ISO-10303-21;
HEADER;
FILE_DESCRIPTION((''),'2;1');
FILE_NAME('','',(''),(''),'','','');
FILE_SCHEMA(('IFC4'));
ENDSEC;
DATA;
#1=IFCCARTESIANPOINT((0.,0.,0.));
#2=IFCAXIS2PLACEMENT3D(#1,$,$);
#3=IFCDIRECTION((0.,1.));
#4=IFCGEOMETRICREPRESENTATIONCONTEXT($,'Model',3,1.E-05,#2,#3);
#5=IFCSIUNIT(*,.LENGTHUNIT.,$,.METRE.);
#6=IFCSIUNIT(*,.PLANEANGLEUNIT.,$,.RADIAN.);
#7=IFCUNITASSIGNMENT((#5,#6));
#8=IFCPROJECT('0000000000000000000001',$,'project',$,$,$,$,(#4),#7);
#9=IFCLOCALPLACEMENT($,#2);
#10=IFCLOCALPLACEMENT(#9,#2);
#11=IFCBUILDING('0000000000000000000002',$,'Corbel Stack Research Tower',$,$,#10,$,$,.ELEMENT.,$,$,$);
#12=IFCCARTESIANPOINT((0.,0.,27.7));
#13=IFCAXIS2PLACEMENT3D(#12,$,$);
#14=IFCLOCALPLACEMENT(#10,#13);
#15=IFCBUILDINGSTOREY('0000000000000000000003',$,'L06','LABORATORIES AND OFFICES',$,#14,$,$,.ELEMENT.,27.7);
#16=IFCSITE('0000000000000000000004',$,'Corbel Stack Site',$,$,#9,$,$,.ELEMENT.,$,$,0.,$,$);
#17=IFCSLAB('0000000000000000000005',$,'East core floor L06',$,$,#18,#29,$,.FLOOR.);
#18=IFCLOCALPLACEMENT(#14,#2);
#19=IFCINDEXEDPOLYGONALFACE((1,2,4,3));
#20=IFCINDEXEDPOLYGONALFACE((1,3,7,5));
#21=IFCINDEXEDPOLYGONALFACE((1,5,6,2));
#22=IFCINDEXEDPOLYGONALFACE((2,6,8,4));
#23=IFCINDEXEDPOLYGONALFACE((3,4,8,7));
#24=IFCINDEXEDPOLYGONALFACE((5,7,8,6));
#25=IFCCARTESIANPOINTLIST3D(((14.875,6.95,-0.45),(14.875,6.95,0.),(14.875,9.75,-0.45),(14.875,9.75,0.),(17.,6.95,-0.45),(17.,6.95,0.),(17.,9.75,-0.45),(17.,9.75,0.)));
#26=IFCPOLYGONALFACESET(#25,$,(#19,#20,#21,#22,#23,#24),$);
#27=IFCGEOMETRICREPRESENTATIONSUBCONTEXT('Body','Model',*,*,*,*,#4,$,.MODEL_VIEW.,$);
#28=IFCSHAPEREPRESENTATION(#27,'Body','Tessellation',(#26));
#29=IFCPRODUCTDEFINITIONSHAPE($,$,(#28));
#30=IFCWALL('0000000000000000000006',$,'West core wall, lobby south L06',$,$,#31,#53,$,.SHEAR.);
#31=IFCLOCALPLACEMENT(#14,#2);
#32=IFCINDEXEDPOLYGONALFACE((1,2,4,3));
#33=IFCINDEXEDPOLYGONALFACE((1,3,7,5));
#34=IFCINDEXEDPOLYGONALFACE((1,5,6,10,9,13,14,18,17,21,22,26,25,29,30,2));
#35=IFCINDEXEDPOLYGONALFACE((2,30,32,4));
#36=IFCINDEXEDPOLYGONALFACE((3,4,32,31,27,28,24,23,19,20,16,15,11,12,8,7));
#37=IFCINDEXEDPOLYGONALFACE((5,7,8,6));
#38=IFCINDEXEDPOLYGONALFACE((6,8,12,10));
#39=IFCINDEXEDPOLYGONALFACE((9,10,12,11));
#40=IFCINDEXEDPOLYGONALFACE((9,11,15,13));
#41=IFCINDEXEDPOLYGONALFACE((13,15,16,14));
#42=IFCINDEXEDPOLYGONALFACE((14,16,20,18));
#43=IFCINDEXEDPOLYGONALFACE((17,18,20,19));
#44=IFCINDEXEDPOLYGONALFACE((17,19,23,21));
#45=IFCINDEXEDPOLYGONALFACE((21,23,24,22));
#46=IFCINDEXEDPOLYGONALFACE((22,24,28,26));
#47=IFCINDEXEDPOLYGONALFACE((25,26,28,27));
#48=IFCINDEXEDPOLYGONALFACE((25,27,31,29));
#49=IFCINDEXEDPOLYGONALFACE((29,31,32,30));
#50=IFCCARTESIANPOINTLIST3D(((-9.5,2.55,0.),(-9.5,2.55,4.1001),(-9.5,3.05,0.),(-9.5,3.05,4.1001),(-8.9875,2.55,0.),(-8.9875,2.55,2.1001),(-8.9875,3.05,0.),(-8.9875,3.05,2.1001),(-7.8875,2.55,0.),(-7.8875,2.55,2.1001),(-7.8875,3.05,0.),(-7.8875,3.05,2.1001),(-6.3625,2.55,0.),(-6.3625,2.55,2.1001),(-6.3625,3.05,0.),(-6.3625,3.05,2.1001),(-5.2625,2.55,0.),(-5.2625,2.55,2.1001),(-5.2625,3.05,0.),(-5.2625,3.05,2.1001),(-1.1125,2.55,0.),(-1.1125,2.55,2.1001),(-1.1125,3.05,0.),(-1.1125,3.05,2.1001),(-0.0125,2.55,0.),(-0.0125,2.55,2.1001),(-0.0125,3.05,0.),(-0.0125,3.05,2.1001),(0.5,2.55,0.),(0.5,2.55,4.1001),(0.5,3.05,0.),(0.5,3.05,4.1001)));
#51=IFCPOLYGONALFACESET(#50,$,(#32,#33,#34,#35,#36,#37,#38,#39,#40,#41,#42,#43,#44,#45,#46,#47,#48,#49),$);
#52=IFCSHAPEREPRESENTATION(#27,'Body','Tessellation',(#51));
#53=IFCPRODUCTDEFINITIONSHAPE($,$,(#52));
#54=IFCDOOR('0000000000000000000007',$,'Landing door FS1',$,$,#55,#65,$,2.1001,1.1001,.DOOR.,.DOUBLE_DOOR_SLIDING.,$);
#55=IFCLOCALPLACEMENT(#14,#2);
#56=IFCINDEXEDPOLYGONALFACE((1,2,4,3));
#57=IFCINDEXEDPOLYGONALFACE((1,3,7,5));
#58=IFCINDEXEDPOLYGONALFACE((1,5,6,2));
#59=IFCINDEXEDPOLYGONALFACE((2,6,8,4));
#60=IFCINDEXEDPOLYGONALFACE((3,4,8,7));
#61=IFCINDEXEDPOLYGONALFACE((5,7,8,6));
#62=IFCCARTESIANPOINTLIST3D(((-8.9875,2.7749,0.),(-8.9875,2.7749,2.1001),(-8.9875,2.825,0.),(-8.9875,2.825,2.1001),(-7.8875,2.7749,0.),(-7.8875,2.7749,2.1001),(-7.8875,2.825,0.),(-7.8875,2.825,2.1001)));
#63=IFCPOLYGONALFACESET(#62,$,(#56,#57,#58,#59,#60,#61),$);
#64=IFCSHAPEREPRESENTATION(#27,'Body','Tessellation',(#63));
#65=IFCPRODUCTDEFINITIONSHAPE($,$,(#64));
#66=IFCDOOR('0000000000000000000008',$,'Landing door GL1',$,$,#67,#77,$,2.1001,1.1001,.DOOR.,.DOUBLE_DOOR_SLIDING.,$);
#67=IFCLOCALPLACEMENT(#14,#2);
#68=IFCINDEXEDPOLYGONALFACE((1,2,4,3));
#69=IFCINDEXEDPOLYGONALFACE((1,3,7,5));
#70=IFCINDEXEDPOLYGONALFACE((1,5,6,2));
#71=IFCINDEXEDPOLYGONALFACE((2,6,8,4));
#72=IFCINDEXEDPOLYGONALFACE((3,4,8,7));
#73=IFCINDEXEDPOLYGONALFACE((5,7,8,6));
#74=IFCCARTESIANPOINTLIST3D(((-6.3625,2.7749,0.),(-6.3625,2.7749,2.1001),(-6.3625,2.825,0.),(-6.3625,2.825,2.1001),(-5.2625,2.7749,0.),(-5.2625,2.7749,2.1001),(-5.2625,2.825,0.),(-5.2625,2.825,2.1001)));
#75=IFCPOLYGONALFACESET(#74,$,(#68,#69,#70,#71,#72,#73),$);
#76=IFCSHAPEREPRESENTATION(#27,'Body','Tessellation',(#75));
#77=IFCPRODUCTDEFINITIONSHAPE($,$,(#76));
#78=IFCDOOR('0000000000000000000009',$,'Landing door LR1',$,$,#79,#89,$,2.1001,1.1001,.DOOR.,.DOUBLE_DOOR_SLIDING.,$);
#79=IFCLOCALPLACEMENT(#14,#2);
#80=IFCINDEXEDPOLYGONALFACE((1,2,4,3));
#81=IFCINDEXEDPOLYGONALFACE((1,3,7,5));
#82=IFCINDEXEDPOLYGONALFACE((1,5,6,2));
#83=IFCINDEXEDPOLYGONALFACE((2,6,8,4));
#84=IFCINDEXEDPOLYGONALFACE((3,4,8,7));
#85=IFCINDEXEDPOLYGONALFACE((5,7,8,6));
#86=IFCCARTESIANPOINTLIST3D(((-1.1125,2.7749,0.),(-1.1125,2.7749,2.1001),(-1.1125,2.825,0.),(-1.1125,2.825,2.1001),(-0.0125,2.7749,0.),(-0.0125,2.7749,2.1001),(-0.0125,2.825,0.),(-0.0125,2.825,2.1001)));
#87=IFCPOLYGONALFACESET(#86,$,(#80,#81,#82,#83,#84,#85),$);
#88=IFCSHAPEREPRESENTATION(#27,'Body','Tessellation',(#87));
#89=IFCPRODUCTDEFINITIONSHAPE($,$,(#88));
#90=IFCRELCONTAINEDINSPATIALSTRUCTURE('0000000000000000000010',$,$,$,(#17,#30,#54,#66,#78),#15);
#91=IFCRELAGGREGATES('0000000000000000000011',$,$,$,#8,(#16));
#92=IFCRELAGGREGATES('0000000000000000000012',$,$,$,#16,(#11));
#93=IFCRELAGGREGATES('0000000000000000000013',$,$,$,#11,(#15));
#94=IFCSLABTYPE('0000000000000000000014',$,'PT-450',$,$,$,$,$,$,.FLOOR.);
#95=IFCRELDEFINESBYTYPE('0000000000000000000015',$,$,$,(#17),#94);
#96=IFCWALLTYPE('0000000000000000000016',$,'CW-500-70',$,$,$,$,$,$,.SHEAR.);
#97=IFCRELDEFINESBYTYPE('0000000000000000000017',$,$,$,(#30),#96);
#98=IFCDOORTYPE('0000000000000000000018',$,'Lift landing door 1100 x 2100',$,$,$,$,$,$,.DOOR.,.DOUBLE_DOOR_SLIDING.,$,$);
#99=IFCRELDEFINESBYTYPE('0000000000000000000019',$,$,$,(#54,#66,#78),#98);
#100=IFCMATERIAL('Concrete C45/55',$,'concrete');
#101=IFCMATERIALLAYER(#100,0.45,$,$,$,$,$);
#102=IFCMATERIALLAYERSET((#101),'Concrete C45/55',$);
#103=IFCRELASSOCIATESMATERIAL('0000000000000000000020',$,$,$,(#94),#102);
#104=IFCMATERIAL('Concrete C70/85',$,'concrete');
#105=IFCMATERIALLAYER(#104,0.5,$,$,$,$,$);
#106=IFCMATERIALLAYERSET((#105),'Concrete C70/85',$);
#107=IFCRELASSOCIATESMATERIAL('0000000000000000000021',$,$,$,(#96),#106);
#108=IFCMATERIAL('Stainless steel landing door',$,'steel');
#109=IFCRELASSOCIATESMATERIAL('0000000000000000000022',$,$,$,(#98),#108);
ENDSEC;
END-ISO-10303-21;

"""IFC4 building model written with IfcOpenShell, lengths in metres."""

from ifc_helpers import new_model, si_unit, direction, frame, frame_2d, origin, place, context, subcontext, project, spatial, polyline, rectangle, outline, extrude, material, layer, layer_set, type_object, element, fill, save


model = new_model("IFC4")

# Units and contexts
model_context = context("Model", 3, precision=1e-05, world=origin(), true_north=direction((0.0, 1.0)))
body_context = subcontext(model_context, "Body", "Model", "MODEL_VIEW")
ifc_project = project(units=[si_unit("LENGTHUNIT", "METRE"), si_unit("PLANEANGLEUNIT", "RADIAN")], contexts=[model_context])

# Site, building, storey
site_placement = place(None, origin())
site = spatial("IfcSite", under=ifc_project, at=site_placement, Name="Corbel Stack Site", CompositionType="ELEMENT", RefElevation=0.0)
building_placement = place(site_placement, origin())
building = spatial("IfcBuilding", under=site, at=building_placement, Name="Corbel Stack Research Tower", CompositionType="ELEMENT")
storey_placement = place(building_placement, frame((0.0, 0.0, 27.7)))
storey = spatial("IfcBuildingStorey", under=building, at=storey_placement, Name="L06", Description="LABORATORIES AND OFFICES", CompositionType="ELEMENT", Elevation=27.7)

# Slab
ifc_material_1 = material(Name="Concrete C45/55", Category="concrete")
ifc_layer_1 = layer(ifc_material_1, 0.45)
ifc_layer_set_1 = layer_set([ifc_layer_1], Name="Concrete C45/55")
slab_type_1 = type_object("IfcSlabType", Name="PT-450", PredefinedType="FLOOR", material=ifc_layer_set_1)
slab_1_placement = place(storey_placement, frame((0.0, 0.0, -0.45)))
element("IfcSlab", 1, at=slab_1_placement, inside=storey, type_object=slab_type_1, Name="East core floor L06", PredefinedType="FLOOR", context=body_context, shape_type="SweptSolid", body=[
    extrude(outline(polyline([(17.0, 6.95), (17.0, 9.75), (14.875, 9.75), (14.875, 6.95), (17.0, 6.95)])), origin(), (0.0, 0.0, 1.0), 0.45),
])

# Wall, openings, doors
ifc_material_2 = material(Name="Concrete C70/85", Category="concrete")
ifc_layer_2 = layer(ifc_material_2, 0.5)
ifc_layer_set_2 = layer_set([ifc_layer_2], Name="Concrete C70/85")
wall_type_1 = type_object("IfcWallType", Name="CW-500-70", PredefinedType="SHEAR", material=ifc_layer_set_2)
wall_1_placement = place(storey_placement, frame((-9.5, 2.8, 0.0), z_axis=(0.0, 0.0, 1.0), x_axis=(1.0, 0.0, 0.0)))
wall_1 = element("IfcWall", 2, at=wall_1_placement, inside=storey, type_object=wall_type_1, Name="West core wall, lobby south L06", PredefinedType="SHEAR", context=body_context, shape_type="SweptSolid", body=[
    extrude(rectangle(XDim=10.0, YDim=0.5, at=frame_2d((5.0, 0.0))), origin(), (0.0, 0.0, 1.0), 4.1001),
])
opening_1_placement = place(wall_1_placement, frame((0.5125, 0.0, 0.0)))
opening_1 = element("IfcOpeningElement", 3, at=opening_1_placement, cuts=wall_1, PredefinedType="OPENING", context=body_context, shape_type="SweptSolid", body=[
    extrude(rectangle(XDim=1.1001, YDim=2.1001, at=frame_2d((0.55, 1.05))), frame((0.0, 0.26, 0.0), z_axis=(0.0, -1.0, 0.0), x_axis=(1.0, 0.0, 0.0)), (0.0, 0.0, 1.0), 0.52),
])
opening_2_placement = place(wall_1_placement, frame((3.1375, 0.0, 0.0)))
opening_2 = element("IfcOpeningElement", 4, at=opening_2_placement, cuts=wall_1, PredefinedType="OPENING", context=body_context, shape_type="SweptSolid", body=[
    extrude(rectangle(XDim=1.1001, YDim=2.1001, at=frame_2d((0.55, 1.05))), frame((0.0, 0.26, 0.0), z_axis=(0.0, -1.0, 0.0), x_axis=(1.0, 0.0, 0.0)), (0.0, 0.0, 1.0), 0.52),
])
opening_3_placement = place(wall_1_placement, frame((8.3875, 0.0, 0.0)))
opening_3 = element("IfcOpeningElement", 5, at=opening_3_placement, cuts=wall_1, PredefinedType="OPENING", context=body_context, shape_type="SweptSolid", body=[
    extrude(rectangle(XDim=1.1001, YDim=2.1001, at=frame_2d((0.55, 1.05))), frame((0.0, 0.26, 0.0), z_axis=(0.0, -1.0, 0.0), x_axis=(1.0, 0.0, 0.0)), (0.0, 0.0, 1.0), 0.52),
])
ifc_material_3 = material(Name="Stainless steel landing door", Category="steel")
door_type_1 = type_object("IfcDoorType", Name="Lift landing door 1100 x 2100", OperationType="DOUBLE_DOOR_SLIDING", PredefinedType="DOOR", material=ifc_material_3)
door_1_placement = place(opening_1_placement, origin())
door_1 = element("IfcDoor", 6, at=door_1_placement, inside=storey, type_object=door_type_1, Name="Landing door FS1", OperationType="DOUBLE_DOOR_SLIDING", OverallHeight=2.1001, OverallWidth=1.1001, PredefinedType="DOOR", context=body_context, shape_type="SweptSolid", body=[
    extrude(rectangle(XDim=1.1001, YDim=2.1001, at=frame_2d((0.55, 1.05))), frame((0.0, 0.0249, 0.0), z_axis=(0.0, -1.0, 0.0), x_axis=(1.0, 0.0, 0.0)), (0.0, 0.0, 1.0), 0.05),
])
fill(opening_1, door_1)
door_2_placement = place(opening_2_placement, origin())
door_2 = element("IfcDoor", 7, at=door_2_placement, inside=storey, type_object=door_type_1, Name="Landing door GL1", OperationType="DOUBLE_DOOR_SLIDING", OverallHeight=2.1001, OverallWidth=1.1001, PredefinedType="DOOR", context=body_context, shape_type="SweptSolid", body=[
    extrude(rectangle(XDim=1.1001, YDim=2.1001, at=frame_2d((0.55, 1.05))), frame((0.0, 0.0249, 0.0), z_axis=(0.0, -1.0, 0.0), x_axis=(1.0, 0.0, 0.0)), (0.0, 0.0, 1.0), 0.05),
])
fill(opening_2, door_2)
door_3_placement = place(opening_3_placement, origin())
door_3 = element("IfcDoor", 8, at=door_3_placement, inside=storey, type_object=door_type_1, Name="Landing door LR1", OperationType="DOUBLE_DOOR_SLIDING", OverallHeight=2.1001, OverallWidth=1.1001, PredefinedType="DOOR", context=body_context, shape_type="SweptSolid", body=[
    extrude(rectangle(XDim=1.1001, YDim=2.1001, at=frame_2d((0.55, 1.05))), frame((0.0, 0.0249, 0.0), z_axis=(0.0, -1.0, 0.0), x_axis=(1.0, 0.0, 0.0)), (0.0, 0.0, 1.0), 0.05),
])
fill(opening_3, door_3)

save(model, "model.ifc")
